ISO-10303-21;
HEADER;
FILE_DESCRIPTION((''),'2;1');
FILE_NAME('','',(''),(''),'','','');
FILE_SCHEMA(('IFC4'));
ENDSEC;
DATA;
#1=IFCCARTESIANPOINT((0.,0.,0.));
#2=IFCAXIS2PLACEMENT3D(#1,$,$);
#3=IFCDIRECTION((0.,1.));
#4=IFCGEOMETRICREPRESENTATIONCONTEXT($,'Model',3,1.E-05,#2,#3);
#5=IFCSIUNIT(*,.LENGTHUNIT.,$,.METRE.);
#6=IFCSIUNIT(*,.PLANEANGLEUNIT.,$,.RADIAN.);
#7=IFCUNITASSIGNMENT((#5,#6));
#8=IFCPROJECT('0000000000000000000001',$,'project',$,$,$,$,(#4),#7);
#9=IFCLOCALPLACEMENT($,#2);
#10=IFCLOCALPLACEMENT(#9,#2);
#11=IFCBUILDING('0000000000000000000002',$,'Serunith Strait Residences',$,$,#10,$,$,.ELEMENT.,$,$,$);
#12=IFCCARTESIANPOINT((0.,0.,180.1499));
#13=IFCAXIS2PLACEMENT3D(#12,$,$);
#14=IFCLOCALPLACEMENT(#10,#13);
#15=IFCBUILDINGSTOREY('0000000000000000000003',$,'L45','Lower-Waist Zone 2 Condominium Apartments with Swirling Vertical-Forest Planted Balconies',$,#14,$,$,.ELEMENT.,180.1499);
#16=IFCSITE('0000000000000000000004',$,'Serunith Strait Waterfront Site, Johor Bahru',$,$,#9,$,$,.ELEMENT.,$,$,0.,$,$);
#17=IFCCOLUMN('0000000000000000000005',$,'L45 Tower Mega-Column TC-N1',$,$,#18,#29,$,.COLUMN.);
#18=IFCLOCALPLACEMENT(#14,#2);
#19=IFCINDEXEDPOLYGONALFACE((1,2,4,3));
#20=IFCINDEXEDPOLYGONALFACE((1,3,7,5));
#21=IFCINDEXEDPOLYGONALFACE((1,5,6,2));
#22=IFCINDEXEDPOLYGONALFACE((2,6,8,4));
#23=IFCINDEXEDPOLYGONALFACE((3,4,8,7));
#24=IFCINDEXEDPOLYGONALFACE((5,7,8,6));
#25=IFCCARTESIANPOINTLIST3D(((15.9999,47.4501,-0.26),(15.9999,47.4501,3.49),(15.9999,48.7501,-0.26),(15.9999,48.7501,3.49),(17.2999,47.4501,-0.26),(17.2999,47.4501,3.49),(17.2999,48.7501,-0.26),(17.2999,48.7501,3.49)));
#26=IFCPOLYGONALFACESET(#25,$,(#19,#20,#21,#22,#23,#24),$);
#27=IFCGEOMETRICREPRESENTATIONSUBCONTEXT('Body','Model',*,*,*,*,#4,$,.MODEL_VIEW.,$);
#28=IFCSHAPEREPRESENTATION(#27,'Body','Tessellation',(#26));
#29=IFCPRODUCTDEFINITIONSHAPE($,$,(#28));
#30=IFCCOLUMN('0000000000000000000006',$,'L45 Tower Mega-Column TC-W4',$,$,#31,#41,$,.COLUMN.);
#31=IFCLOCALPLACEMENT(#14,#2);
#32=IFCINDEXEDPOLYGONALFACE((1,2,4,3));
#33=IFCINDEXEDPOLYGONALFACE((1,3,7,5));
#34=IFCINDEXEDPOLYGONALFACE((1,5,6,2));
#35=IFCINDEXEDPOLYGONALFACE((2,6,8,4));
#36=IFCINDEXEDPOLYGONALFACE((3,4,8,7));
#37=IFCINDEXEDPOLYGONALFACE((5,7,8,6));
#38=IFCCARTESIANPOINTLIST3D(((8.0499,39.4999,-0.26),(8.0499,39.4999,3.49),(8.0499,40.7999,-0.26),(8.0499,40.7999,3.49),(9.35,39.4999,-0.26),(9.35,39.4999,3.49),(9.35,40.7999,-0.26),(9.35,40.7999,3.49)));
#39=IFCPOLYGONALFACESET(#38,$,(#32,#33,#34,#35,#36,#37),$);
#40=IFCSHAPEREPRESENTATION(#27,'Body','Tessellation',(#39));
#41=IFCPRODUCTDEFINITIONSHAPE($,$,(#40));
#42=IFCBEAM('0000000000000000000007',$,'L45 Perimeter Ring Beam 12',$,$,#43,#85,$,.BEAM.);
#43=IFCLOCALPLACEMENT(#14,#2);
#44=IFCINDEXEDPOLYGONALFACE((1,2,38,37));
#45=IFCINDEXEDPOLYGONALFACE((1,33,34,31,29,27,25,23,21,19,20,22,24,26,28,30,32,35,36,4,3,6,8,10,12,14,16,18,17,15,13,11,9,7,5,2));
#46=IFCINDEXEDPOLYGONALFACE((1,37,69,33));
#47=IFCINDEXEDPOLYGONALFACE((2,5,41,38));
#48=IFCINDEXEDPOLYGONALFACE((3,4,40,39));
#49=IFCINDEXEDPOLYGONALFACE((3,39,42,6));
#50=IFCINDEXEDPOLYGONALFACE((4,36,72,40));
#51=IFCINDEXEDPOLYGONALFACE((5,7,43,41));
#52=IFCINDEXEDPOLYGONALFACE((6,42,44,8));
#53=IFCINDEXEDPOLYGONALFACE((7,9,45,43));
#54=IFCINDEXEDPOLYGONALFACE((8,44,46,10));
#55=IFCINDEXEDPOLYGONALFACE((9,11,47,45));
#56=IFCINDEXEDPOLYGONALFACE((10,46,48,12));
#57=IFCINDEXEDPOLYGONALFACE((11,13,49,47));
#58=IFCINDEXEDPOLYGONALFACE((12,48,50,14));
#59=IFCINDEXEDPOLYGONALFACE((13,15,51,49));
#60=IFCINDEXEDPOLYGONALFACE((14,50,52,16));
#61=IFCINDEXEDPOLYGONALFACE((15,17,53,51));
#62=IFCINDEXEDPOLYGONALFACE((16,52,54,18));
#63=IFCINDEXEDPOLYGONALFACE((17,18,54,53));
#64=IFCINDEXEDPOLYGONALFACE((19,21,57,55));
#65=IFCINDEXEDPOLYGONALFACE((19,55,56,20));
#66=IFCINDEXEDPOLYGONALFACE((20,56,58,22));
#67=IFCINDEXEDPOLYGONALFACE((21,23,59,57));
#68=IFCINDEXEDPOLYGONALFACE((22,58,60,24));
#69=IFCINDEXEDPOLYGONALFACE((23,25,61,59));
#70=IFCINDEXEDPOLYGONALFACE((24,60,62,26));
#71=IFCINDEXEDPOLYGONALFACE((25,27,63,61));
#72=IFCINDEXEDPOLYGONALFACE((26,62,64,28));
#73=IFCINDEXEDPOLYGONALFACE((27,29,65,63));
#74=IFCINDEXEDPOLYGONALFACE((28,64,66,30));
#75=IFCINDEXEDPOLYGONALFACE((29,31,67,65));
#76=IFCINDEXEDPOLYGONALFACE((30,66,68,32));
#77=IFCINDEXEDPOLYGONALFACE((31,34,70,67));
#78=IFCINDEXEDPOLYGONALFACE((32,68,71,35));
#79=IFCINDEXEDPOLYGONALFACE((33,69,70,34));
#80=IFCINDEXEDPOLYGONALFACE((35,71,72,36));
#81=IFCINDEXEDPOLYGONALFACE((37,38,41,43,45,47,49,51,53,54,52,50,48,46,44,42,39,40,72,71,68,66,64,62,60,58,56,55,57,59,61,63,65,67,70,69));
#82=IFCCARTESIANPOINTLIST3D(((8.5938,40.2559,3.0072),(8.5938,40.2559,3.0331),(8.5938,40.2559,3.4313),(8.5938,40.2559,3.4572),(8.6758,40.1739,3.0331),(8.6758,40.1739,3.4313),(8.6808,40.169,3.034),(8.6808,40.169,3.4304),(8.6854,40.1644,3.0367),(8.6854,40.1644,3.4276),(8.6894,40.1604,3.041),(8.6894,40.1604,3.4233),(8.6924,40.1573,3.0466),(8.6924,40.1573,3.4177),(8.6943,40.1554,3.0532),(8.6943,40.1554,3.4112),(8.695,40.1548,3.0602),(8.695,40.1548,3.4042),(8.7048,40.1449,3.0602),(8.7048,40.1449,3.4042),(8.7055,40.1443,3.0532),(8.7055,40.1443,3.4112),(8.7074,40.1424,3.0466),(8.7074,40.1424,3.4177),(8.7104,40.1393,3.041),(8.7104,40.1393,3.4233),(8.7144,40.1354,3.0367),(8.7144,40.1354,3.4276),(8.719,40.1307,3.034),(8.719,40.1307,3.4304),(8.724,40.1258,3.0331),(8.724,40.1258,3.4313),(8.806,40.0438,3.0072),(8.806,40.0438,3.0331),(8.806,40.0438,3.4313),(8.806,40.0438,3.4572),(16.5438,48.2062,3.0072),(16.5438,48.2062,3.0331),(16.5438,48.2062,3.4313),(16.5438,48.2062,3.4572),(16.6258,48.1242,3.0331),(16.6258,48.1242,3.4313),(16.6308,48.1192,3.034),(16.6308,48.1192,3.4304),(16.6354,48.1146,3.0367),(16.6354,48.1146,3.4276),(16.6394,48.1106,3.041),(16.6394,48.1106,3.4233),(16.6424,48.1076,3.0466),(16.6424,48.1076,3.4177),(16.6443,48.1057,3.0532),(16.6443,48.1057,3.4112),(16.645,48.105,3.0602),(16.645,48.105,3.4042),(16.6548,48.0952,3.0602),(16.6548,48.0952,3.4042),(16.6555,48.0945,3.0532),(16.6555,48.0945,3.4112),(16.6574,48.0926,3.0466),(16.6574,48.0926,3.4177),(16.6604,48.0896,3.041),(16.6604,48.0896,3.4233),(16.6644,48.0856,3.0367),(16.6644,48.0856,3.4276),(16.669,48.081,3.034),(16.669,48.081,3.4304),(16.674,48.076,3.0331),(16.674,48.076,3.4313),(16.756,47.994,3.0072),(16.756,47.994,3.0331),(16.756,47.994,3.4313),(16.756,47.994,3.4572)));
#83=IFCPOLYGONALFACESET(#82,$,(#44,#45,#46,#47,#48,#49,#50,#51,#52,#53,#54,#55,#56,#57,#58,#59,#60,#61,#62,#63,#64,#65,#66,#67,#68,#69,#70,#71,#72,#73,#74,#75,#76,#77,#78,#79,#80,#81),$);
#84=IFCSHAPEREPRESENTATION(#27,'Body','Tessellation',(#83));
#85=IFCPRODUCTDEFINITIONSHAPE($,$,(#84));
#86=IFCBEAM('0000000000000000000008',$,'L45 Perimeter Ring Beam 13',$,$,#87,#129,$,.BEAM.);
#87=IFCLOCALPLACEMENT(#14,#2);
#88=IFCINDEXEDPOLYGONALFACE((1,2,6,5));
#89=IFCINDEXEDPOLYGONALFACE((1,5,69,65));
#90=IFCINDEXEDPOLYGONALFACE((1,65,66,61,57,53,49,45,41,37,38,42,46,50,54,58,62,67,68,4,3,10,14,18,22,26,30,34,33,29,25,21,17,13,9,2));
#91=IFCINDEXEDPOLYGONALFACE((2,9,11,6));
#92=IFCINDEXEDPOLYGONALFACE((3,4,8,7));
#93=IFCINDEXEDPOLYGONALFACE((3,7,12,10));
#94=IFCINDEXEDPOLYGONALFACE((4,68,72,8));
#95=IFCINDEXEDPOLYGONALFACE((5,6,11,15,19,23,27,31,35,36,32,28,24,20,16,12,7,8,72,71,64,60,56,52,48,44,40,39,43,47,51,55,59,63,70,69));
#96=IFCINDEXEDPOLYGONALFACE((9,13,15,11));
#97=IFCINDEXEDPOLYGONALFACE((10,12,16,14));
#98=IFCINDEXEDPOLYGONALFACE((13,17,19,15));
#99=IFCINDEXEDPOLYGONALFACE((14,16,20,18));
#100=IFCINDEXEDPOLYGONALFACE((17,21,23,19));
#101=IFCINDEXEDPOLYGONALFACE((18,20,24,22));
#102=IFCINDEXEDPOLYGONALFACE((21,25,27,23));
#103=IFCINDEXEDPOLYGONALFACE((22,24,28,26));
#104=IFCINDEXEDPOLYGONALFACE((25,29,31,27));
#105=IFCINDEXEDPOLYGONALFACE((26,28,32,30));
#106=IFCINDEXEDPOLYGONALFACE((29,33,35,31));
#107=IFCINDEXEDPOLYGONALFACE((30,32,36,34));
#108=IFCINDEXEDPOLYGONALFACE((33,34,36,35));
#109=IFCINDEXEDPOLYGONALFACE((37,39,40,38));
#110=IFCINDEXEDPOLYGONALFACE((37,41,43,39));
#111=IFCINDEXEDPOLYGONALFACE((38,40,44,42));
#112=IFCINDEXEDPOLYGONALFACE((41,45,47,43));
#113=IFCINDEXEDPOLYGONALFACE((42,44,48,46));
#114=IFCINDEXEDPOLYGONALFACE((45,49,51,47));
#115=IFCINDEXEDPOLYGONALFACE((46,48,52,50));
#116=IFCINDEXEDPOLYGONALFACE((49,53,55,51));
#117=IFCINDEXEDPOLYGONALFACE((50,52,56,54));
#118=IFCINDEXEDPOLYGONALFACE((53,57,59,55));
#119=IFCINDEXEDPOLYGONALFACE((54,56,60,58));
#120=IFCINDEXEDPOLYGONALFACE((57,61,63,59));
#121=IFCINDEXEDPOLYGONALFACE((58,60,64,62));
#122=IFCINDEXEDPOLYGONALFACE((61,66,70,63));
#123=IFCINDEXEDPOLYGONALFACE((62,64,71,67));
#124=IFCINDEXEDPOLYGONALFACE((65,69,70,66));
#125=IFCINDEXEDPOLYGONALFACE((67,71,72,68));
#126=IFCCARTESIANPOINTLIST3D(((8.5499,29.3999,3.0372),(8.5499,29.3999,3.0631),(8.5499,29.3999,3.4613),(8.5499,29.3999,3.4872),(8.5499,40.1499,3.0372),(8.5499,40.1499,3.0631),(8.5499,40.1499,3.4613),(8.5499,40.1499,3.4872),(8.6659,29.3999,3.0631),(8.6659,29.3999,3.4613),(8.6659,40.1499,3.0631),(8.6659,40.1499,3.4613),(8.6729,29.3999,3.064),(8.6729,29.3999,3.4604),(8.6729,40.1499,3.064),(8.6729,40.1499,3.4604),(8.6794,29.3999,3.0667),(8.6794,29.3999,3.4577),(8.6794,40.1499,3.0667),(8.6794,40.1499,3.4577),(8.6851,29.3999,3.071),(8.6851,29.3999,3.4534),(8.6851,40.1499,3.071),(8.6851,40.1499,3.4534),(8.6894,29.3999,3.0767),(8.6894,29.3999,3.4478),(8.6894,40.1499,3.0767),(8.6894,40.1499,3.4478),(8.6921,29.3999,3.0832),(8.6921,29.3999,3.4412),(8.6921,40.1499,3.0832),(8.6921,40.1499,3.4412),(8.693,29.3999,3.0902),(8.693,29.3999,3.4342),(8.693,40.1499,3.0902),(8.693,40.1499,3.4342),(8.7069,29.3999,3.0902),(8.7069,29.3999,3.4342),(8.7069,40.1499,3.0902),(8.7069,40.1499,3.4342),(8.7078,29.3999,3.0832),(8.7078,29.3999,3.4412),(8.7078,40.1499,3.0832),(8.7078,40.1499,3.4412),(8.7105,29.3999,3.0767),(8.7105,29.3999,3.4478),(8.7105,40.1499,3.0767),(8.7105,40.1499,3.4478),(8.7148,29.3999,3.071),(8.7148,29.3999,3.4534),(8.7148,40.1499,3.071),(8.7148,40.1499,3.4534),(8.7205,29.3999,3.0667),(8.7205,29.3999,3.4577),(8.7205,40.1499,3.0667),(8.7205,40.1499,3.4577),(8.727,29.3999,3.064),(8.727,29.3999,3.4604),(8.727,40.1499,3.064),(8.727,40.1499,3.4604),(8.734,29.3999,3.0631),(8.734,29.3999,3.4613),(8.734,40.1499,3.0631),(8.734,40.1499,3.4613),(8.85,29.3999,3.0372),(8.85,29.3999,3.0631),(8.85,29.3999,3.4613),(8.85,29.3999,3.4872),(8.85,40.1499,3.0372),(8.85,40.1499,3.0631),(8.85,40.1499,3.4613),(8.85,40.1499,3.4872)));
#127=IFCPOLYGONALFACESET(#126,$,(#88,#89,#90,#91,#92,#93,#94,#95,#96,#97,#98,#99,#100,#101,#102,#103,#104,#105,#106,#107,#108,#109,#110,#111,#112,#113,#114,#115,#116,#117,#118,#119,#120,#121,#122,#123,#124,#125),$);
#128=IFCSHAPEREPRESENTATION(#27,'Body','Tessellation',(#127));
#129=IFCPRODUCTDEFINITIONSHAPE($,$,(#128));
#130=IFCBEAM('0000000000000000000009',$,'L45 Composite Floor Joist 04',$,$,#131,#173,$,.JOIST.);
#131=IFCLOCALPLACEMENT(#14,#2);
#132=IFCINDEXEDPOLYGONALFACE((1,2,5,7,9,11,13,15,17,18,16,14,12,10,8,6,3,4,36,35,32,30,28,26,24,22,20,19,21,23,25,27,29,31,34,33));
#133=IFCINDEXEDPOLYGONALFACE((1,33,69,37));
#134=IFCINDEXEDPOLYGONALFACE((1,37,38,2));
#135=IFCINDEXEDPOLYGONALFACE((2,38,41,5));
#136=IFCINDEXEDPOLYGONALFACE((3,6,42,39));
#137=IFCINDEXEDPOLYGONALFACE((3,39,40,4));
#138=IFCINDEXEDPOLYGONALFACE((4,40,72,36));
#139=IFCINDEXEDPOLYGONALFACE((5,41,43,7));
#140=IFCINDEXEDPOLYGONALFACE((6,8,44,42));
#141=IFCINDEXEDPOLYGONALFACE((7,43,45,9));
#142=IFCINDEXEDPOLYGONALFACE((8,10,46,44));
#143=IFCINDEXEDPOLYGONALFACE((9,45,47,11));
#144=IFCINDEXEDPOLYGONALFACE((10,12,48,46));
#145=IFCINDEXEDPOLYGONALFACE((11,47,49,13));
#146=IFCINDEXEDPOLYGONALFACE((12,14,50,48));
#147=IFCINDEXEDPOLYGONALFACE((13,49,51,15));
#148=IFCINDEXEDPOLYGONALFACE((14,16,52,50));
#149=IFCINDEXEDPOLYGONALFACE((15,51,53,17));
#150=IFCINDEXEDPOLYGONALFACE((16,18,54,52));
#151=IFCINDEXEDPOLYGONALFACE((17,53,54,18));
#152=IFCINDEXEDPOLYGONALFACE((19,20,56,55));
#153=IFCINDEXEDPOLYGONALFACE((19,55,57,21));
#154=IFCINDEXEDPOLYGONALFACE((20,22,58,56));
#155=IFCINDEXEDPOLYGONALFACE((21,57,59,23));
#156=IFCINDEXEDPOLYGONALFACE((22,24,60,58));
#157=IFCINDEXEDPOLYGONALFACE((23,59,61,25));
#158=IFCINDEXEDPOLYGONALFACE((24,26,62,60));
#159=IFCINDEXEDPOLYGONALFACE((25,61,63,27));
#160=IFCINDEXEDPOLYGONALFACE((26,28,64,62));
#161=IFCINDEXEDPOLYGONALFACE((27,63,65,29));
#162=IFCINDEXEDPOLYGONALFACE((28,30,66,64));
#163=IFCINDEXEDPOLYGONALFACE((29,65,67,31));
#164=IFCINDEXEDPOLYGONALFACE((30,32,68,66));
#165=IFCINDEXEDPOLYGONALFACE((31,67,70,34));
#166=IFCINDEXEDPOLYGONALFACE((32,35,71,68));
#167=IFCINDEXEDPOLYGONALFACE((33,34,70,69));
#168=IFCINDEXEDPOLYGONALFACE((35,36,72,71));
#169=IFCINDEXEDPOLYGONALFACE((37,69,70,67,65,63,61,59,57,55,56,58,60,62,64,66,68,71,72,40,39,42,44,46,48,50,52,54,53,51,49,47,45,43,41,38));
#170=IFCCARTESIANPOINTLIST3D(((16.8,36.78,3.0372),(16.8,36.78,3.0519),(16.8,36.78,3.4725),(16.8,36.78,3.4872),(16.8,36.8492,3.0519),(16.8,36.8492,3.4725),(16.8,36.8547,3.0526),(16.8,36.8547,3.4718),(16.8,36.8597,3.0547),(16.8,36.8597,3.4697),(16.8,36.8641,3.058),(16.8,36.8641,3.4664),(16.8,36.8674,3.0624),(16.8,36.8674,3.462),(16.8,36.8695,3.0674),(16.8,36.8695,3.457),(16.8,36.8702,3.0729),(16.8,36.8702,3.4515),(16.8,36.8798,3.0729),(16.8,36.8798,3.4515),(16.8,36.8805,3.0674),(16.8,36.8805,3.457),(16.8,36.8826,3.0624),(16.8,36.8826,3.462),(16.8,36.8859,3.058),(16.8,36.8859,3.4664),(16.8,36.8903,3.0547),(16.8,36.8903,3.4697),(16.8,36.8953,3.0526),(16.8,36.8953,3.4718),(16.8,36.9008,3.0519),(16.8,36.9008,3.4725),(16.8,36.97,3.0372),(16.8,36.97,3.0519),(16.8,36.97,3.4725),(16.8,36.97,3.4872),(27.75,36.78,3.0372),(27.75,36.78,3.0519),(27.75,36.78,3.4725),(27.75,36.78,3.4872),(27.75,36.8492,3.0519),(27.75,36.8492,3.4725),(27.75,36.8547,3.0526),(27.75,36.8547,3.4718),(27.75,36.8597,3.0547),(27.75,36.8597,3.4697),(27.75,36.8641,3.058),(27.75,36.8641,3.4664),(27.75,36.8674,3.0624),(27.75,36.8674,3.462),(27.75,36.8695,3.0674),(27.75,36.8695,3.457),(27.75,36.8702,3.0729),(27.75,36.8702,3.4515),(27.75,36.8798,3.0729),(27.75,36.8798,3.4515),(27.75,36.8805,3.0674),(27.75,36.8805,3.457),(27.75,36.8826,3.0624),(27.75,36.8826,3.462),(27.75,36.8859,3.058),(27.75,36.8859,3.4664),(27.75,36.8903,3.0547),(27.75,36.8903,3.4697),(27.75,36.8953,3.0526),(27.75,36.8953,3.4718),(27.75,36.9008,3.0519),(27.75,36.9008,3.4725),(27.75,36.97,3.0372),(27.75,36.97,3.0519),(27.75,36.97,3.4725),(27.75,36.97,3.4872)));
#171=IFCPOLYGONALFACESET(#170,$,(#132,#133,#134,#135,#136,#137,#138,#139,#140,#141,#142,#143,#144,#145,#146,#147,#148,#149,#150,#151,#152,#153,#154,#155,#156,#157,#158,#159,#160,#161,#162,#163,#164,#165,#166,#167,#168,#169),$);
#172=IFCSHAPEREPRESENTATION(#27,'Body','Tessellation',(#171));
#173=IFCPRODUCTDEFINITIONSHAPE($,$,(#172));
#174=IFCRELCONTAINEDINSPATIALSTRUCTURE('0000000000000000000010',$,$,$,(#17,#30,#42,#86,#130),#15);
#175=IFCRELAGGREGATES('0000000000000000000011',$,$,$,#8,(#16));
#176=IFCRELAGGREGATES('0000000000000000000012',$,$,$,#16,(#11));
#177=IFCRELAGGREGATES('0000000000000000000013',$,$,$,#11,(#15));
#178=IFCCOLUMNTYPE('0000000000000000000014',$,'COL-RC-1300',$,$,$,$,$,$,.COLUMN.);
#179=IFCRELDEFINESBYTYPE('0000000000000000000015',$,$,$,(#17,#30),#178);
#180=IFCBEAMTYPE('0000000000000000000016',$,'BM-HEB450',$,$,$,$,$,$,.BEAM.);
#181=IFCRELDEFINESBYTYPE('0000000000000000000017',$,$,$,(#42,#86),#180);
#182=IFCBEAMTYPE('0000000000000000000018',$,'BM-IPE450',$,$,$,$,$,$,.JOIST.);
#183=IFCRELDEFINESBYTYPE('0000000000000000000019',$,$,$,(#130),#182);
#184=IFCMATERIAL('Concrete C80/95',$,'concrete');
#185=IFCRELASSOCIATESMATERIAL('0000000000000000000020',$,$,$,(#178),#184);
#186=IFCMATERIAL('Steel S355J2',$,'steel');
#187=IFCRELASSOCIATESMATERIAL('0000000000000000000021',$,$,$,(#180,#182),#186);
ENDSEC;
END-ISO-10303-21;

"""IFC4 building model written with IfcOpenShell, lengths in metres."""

from ifc_helpers import new_model, si_unit, direction, frame, origin, origin_2d, place, context, subcontext, project, spatial, rectangle, i_section, extrude, source, transform, mapped, material, material_profile, profile_set, type_object, element, save


model = new_model("IFC4")

# Units and contexts
model_context = context("Model", 3, precision=1e-05, world=origin(), true_north=direction((0.0, 1.0)))
body_context = subcontext(model_context, "Body", "Model", "MODEL_VIEW")
ifc_project = project(units=[si_unit("LENGTHUNIT", "METRE"), si_unit("PLANEANGLEUNIT", "RADIAN")], contexts=[model_context])

# Site, building, storey
site_placement = place(None, origin())
site = spatial("IfcSite", under=ifc_project, at=site_placement, Name="Serunith Strait Waterfront Site, Johor Bahru", CompositionType="ELEMENT", RefElevation=0.0)
building_placement = place(site_placement, origin())
building = spatial("IfcBuilding", under=site, at=building_placement, Name="Serunith Strait Residences", CompositionType="ELEMENT")
storey_placement = place(building_placement, frame((0.0, 0.0, 180.1499)))
storey = spatial("IfcBuildingStorey", under=building, at=storey_placement, Name="L45", Description="Lower-Waist Zone 2 Condominium Apartments with Swirling Vertical-Forest Planted Balconies", CompositionType="ELEMENT", Elevation=180.1499)

# Columns
ifc_material_1 = material(Name="Concrete C80/95", Category="concrete")
ifc_material_profile_1 = material_profile(ifc_material_1, rectangle(XDim=1.3, YDim=1.3, at=origin_2d()), Name="RC 1300x1300")
ifc_profile_set_1 = profile_set([ifc_material_profile_1], Name="Concrete C80/95")
column_type = type_object("IfcColumnType", Name="COL-RC-1300", PredefinedType="COLUMN", material=ifc_profile_set_1)
shared_shape_1 = source(origin(), body_context, "Body", "SweptSolid", [
    extrude(rectangle(XDim=1.3, YDim=1.3, at=origin_2d()), origin(), (0.0, 0.0, 1.0), 3.75),
])
for number, where, z_axis, x_axis, name in (
    (1, (16.6499, 48.1001, -0.26), (0.0, 0.0, 1.0), (1.0, 0.0, 0.0), "L45 Tower Mega-Column TC-N1"),
    (2, (8.7, 40.1499, -0.26), (0.0, 0.0, 1.0), (1.0, 0.0, 0.0), "L45 Tower Mega-Column TC-W4"),
):
    element("IfcColumn", number, at=place(storey_placement, frame(where, z_axis=z_axis, x_axis=x_axis)), inside=storey, type_object=column_type, Name=name, PredefinedType="COLUMN", context=body_context, shape_type="MappedRepresentation", body=[
        mapped(shared_shape_1, transform((0.0, 0.0, 0.0), scale=1.0)),
    ])

# Beams
ifc_material_2 = material(Name="Steel S355J2", Category="steel")
ifc_material_profile_2 = material_profile(ifc_material_2, i_section(OverallWidth=0.3, OverallDepth=0.45, WebThickness=0.0139, FlangeThickness=0.0259, FilletRadius=0.0271, at=origin_2d()), Name="HEB 450")
ifc_profile_set_2 = profile_set([ifc_material_profile_2], Name="Steel S355J2")
beam_type_1 = type_object("IfcBeamType", Name="BM-HEB450", PredefinedType="BEAM", material=ifc_profile_set_2)
shared_shape_2 = source(origin(), body_context, "Body", "SweptSolid", [
    extrude(i_section(OverallWidth=0.3, OverallDepth=0.45, WebThickness=0.0139, FlangeThickness=0.0259, FilletRadius=0.0271, at=origin_2d()), origin(), (0.0, 0.0, 1.0), 11.2432),
])
beam_1_placement = place(storey_placement, frame((16.6499, 48.1001, 3.2322), z_axis=(-0.707096, -0.707118, 0.0), x_axis=(0.707118, -0.707096, 0.0)))
element("IfcBeam", 3, at=beam_1_placement, inside=storey, type_object=beam_type_1, Name="L45 Perimeter Ring Beam 12", PredefinedType="BEAM", context=body_context, shape_type="MappedRepresentation", body=[
    mapped(shared_shape_2, transform((0.0, 0.0, 0.0), scale=1.0)),
])
shared_shape_3 = source(origin(), body_context, "Body", "SweptSolid", [
    extrude(i_section(OverallWidth=0.3, OverallDepth=0.45, WebThickness=0.0139, FlangeThickness=0.0259, FilletRadius=0.0271, at=origin_2d()), origin(), (0.0, 0.0, 1.0), 10.75),
])
beam_2_placement = place(storey_placement, frame((8.7, 40.1499, 3.2622), z_axis=(0.0, -1.0, 0.0), x_axis=(1.0, 0.0, 0.0)))
element("IfcBeam", 4, at=beam_2_placement, inside=storey, type_object=beam_type_1, Name="L45 Perimeter Ring Beam 13", PredefinedType="BEAM", context=body_context, shape_type="MappedRepresentation", body=[
    mapped(shared_shape_3, transform((0.0, 0.0, 0.0), scale=1.0)),
])
ifc_material_profile_3 = material_profile(ifc_material_2, i_section(OverallWidth=0.1899, OverallDepth=0.45, WebThickness=0.0095, FlangeThickness=0.0146, FilletRadius=0.021, at=origin_2d()), Name="IPE 450")
ifc_profile_set_3 = profile_set([ifc_material_profile_3], Name="Steel S355J2")
beam_type_2 = type_object("IfcBeamType", Name="BM-IPE450", PredefinedType="JOIST", material=ifc_profile_set_3)
shared_shape_4 = source(origin(), body_context, "Body", "SweptSolid", [
    extrude(i_section(OverallWidth=0.1899, OverallDepth=0.45, WebThickness=0.0095, FlangeThickness=0.0146, FilletRadius=0.021, at=origin_2d()), origin(), (0.0, 0.0, 1.0), 10.95),
])
beam_3_placement = place(storey_placement, frame((16.8, 36.875, 3.2622), z_axis=(1.0, 0.0, 0.0), x_axis=(0.0, 1.0, 0.0)))
element("IfcBeam", 5, at=beam_3_placement, inside=storey, type_object=beam_type_2, Name="L45 Composite Floor Joist 04", PredefinedType="JOIST", context=body_context, shape_type="MappedRepresentation", body=[
    mapped(shared_shape_4, transform((0.0, 0.0, 0.0), scale=1.0)),
])

save(model, "model.ifc")
